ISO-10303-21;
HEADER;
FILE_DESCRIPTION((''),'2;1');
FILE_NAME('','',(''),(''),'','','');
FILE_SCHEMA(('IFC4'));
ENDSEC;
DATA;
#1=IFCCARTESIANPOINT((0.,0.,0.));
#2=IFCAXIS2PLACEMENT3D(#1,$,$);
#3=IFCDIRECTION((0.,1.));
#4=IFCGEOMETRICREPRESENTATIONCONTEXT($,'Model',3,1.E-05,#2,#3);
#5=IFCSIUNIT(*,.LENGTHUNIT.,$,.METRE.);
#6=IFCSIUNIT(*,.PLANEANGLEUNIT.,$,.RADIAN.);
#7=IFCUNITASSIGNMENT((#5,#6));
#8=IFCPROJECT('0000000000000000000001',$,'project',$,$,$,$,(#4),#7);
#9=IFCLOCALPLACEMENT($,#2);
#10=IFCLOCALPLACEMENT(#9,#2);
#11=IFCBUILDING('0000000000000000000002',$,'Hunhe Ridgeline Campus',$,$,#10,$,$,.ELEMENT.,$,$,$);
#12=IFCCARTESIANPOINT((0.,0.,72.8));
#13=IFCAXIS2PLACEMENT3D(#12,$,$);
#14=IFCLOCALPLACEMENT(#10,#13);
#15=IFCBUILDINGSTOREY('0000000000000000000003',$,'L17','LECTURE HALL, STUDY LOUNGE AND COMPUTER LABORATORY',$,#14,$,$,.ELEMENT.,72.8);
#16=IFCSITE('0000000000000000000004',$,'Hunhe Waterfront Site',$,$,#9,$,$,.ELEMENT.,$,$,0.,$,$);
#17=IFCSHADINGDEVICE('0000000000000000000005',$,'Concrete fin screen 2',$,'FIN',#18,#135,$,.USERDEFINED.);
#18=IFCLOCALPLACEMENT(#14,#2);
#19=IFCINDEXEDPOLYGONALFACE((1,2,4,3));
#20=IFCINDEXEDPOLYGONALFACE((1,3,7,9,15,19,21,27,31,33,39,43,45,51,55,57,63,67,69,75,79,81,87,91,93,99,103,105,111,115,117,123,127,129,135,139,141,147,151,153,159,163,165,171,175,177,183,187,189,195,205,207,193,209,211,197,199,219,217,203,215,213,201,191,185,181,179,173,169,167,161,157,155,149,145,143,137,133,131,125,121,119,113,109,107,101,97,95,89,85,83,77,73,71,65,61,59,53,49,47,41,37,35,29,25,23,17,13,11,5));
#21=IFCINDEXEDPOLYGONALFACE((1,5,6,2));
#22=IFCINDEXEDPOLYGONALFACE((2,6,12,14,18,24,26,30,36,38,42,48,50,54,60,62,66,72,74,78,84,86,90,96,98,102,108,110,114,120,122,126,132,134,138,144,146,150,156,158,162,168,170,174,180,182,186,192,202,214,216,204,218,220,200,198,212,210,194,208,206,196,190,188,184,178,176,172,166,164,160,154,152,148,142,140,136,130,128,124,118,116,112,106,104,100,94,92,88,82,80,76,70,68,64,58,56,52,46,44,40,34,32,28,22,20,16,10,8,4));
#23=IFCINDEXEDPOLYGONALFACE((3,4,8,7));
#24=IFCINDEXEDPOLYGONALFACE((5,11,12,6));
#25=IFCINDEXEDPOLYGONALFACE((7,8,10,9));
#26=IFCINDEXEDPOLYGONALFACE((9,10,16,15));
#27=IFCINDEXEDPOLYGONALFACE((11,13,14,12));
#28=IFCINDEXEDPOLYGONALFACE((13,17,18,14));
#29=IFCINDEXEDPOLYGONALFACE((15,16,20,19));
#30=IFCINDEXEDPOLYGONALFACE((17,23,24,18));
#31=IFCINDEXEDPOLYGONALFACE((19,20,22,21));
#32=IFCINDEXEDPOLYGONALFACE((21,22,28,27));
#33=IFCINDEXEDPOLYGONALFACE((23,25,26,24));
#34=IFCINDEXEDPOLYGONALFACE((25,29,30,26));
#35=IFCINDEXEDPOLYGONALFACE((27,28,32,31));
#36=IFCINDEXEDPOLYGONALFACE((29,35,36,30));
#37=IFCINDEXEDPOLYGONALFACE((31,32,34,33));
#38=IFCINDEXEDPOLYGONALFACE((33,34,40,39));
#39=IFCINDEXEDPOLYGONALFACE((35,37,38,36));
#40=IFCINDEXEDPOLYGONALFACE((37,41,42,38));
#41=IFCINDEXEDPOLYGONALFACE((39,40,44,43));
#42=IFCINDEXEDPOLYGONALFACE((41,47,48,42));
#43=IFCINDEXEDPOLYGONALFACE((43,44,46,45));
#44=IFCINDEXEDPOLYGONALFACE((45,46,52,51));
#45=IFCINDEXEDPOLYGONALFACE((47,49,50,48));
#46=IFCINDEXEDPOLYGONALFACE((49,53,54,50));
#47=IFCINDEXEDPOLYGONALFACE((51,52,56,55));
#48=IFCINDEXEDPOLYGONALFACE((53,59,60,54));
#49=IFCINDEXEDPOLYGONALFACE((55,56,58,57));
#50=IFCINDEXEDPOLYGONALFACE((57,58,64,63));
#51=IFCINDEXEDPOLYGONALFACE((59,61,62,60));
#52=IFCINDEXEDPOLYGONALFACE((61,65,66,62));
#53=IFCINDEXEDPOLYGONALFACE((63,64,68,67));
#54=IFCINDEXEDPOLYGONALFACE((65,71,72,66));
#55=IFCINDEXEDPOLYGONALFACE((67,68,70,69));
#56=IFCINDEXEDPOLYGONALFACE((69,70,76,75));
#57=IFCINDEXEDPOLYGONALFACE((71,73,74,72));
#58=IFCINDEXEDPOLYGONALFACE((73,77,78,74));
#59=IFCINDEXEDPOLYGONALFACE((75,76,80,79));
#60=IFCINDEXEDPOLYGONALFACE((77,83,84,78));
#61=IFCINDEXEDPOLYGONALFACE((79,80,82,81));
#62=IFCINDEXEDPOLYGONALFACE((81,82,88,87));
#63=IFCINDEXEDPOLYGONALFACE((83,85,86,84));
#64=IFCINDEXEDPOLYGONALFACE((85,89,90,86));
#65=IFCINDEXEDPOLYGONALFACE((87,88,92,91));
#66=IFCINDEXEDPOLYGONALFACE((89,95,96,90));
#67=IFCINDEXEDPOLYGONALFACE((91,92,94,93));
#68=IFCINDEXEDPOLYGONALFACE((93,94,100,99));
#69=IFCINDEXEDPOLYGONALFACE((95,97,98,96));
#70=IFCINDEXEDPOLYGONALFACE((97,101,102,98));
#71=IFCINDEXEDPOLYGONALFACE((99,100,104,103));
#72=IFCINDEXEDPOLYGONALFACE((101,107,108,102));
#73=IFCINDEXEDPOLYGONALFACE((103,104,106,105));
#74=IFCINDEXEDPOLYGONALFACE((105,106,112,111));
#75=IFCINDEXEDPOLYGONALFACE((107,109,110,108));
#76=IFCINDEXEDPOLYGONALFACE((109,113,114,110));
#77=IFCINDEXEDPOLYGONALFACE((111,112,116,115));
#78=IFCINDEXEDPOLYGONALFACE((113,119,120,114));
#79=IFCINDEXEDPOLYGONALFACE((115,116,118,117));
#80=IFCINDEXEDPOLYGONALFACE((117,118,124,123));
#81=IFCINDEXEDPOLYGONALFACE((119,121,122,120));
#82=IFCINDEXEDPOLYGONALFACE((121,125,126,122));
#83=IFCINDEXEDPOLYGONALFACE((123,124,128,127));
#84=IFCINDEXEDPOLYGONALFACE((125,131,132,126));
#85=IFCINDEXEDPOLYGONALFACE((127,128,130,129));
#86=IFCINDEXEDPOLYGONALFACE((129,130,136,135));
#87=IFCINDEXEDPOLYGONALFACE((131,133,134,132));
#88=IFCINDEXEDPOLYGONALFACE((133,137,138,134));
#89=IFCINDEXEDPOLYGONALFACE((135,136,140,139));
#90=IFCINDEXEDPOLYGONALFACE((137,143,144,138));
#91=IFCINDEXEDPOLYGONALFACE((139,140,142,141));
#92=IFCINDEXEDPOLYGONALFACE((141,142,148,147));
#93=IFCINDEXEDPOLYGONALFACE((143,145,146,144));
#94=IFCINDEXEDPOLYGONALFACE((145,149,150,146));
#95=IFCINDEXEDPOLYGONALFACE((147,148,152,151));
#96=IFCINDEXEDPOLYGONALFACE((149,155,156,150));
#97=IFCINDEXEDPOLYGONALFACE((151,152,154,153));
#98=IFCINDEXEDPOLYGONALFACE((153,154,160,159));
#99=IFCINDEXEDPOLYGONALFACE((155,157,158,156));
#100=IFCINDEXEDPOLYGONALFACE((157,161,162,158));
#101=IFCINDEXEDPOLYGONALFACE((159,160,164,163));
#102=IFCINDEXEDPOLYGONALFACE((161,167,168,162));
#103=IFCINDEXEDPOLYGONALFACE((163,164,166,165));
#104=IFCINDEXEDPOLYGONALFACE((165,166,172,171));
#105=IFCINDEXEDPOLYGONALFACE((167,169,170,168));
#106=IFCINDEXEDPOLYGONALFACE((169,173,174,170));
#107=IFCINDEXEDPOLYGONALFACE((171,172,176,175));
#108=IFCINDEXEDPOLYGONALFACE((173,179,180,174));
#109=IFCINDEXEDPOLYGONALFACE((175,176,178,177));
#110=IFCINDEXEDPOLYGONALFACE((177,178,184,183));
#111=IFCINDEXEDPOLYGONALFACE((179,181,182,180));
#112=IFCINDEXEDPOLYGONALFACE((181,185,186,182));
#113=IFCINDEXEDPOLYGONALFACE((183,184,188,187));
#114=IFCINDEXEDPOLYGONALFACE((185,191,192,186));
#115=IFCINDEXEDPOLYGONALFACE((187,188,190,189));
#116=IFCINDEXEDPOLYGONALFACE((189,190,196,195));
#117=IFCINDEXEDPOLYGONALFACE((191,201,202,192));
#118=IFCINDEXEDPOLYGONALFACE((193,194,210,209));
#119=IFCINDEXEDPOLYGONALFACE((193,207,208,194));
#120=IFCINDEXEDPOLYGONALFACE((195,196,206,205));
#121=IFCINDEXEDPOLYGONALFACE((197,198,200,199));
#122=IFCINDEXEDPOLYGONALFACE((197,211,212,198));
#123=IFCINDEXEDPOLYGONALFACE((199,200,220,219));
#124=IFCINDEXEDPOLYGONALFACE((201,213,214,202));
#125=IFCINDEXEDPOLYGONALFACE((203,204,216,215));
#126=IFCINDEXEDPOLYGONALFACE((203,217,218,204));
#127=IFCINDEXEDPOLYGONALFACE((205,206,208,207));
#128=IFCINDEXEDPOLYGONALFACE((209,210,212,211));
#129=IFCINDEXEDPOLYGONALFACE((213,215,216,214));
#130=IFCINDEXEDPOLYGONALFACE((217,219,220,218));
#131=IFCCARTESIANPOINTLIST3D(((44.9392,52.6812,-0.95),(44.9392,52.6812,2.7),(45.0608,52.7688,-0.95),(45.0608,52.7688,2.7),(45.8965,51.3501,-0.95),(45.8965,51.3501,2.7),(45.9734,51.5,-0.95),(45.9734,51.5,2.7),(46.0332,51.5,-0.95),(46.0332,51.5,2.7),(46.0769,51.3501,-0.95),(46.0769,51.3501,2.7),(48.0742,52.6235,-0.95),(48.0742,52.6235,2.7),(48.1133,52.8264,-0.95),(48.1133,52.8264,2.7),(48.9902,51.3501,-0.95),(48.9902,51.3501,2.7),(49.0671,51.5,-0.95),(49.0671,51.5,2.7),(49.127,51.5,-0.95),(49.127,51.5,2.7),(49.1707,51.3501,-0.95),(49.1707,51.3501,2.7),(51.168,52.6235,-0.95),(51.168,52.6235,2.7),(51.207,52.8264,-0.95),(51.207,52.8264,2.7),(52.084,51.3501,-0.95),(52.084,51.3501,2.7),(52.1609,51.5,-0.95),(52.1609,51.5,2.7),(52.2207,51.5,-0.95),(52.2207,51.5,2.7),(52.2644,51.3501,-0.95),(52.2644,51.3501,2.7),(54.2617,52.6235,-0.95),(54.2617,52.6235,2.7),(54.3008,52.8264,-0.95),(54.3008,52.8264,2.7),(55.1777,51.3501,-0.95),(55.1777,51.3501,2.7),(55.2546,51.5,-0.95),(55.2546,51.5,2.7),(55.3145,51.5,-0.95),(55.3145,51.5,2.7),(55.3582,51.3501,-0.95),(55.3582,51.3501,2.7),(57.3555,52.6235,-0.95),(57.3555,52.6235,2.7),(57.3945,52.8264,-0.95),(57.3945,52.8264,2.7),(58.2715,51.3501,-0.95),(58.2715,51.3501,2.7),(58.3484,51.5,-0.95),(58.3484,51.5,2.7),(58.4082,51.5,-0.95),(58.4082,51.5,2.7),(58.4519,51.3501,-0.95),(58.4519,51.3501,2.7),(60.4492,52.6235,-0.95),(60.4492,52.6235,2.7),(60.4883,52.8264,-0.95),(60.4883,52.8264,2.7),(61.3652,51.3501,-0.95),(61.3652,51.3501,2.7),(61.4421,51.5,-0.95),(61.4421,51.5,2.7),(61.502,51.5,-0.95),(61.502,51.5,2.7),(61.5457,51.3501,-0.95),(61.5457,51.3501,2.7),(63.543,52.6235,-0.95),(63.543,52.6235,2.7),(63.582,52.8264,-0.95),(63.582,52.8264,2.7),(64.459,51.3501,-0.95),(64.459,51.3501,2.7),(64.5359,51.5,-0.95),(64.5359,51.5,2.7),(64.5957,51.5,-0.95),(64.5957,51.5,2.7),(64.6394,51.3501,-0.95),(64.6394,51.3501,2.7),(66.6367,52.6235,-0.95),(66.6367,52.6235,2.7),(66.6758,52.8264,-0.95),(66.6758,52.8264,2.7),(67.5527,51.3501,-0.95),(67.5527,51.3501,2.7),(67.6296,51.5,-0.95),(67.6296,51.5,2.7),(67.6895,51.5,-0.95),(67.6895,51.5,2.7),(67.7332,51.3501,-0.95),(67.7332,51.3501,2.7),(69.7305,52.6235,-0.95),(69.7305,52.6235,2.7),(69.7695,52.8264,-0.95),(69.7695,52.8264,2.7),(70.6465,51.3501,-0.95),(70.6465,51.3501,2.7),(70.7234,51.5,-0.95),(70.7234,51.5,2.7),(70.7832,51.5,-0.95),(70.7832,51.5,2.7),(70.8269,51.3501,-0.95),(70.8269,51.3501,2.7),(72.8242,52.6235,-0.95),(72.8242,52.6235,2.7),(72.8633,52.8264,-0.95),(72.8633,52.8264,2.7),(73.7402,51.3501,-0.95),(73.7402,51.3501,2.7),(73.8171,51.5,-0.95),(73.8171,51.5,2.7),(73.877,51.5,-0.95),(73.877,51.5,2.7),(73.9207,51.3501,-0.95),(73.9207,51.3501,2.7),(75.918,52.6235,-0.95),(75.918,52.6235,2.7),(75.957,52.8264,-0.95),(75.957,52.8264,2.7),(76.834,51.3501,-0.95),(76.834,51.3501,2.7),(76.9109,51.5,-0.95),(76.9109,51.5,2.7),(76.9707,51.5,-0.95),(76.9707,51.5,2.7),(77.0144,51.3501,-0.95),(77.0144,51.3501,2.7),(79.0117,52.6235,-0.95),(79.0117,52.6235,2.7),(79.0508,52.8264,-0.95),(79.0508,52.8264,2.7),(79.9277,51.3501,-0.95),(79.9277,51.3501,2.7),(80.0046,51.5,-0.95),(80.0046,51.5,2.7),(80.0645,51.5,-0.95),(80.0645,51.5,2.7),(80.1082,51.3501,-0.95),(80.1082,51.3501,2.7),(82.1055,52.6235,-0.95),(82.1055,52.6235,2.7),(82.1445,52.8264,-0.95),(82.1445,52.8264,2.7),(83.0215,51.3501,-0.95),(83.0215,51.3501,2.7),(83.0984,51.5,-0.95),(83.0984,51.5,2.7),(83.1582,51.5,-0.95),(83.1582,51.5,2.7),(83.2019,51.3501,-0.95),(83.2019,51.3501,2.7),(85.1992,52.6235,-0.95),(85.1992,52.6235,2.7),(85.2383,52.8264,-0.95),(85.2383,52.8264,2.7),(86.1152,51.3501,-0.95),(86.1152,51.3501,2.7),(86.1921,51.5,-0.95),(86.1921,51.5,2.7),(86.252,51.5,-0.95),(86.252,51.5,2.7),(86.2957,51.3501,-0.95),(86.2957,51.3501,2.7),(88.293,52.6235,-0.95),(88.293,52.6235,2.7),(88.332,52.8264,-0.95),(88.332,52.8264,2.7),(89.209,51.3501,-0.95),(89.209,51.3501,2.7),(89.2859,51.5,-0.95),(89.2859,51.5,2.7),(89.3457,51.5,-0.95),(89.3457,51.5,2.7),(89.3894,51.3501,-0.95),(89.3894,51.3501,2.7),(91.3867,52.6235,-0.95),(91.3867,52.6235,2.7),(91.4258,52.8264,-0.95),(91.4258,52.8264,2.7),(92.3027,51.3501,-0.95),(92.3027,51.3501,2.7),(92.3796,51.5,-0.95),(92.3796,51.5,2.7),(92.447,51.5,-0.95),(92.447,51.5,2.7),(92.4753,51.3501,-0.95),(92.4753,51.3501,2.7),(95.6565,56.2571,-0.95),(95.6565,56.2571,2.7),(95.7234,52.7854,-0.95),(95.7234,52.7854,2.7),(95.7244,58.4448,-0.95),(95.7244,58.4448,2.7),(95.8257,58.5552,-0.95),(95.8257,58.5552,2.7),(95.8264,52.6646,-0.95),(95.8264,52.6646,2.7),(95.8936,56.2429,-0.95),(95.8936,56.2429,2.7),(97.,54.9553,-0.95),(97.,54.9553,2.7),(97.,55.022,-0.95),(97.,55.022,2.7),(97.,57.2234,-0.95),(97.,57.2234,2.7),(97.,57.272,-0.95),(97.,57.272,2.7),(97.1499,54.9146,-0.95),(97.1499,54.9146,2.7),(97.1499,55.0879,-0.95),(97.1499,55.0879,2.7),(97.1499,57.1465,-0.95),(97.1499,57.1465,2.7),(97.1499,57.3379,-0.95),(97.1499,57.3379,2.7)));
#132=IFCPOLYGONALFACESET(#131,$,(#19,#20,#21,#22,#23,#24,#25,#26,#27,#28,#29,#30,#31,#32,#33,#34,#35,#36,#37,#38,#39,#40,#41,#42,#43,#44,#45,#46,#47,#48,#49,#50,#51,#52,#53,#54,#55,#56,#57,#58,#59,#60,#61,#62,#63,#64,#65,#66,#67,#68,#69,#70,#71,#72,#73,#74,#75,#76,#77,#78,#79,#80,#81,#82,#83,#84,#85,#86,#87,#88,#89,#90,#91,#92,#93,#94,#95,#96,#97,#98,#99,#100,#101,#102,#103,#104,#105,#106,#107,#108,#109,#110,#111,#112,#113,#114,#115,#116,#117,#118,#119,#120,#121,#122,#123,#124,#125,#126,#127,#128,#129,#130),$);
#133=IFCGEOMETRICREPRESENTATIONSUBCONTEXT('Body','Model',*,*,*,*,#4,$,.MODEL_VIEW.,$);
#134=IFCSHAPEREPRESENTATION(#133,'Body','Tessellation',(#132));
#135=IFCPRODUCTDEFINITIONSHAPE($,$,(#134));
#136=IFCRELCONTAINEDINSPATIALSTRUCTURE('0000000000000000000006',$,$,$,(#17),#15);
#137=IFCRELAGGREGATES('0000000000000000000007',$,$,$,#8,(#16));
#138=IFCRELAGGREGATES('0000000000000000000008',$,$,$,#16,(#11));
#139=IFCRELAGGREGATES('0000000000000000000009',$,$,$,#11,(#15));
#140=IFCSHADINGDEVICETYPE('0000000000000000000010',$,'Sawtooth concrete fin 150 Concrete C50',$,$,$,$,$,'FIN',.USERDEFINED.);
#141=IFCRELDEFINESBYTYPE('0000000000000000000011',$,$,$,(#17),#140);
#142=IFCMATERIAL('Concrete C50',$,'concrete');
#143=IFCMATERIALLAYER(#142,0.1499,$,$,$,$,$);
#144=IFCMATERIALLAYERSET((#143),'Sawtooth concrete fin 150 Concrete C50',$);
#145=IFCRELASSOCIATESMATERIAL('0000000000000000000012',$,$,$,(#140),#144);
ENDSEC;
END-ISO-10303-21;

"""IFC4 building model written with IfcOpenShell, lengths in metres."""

from ifc_helpers import new_model, si_unit, direction, frame, origin, place, context, subcontext, project, spatial, polyline, outline, extrude, material, layer, layer_set, type_object, element, save


model = new_model("IFC4")

# Units and contexts
model_context = context("Model", 3, precision=1e-05, world=origin(), true_north=direction((0.0, 1.0)))
body_context = subcontext(model_context, "Body", "Model", "MODEL_VIEW")
ifc_project = project(units=[si_unit("LENGTHUNIT", "METRE"), si_unit("PLANEANGLEUNIT", "RADIAN")], contexts=[model_context])

# Site, building, storey
site_placement = place(None, origin())
site = spatial("IfcSite", under=ifc_project, at=site_placement, Name="Hunhe Waterfront Site", CompositionType="ELEMENT", RefElevation=0.0)
building_placement = place(site_placement, origin())
building = spatial("IfcBuilding", under=site, at=building_placement, Name="Hunhe Ridgeline Campus", CompositionType="ELEMENT")
storey_placement = place(building_placement, frame((0.0, 0.0, 72.8)))
storey = spatial("IfcBuildingStorey", under=building, at=storey_placement, Name="L17", Description="LECTURE HALL, STUDY LOUNGE AND COMPUTER LABORATORY", CompositionType="ELEMENT", Elevation=72.8)

# Shading device
ifc_material_1 = material(Name="Concrete C50", Category="concrete")
ifc_layer_1 = layer(ifc_material_1, 0.1499)
ifc_layer_set_1 = layer_set([ifc_layer_1], Name="Sawtooth concrete fin 150 Concrete C50")
shading_device_type = type_object("IfcShadingDeviceType", Name="Sawtooth concrete fin 150 Concrete C50", ElementType="FIN", PredefinedType="USERDEFINED", material=ifc_layer_set_1)
shading_device_1_placement = place(storey_placement, frame((0.0, 0.0, -0.95)))
element("IfcShadingDevice", 1, at=shading_device_1_placement, inside=storey, type_object=shading_device_type, Name="Concrete fin screen 2", ObjectType="FIN", PredefinedType="USERDEFINED", context=body_context, shape_type="SweptSolid", body=[
    extrude(outline(polyline([(45.0608, 52.7688), (44.9392, 52.6812), (45.8965, 51.3501), (46.0769, 51.3501), (48.0742, 52.6235), (48.9902, 51.3501), (49.1707, 51.3501), (51.168, 52.6235), (52.084, 51.3501), (52.2644, 51.3501), (54.2617, 52.6235), (55.1777, 51.3501), (55.3582, 51.3501), (57.3555, 52.6235), (58.2715, 51.3501), (58.4519, 51.3501), (60.4492, 52.6235), (61.3652, 51.3501), (61.5457, 51.3501), (63.543, 52.6235), (64.459, 51.3501), (64.6394, 51.3501), (66.6367, 52.6235), (67.5527, 51.3501), (67.7332, 51.3501), (69.7305, 52.6235), (70.6465, 51.3501), (70.8269, 51.3501), (72.8242, 52.6235), (73.7402, 51.3501), (73.9207, 51.3501), (75.918, 52.6235), (76.834, 51.3501), (77.0144, 51.3501), (79.0117, 52.6235), (79.9277, 51.3501), (80.1082, 51.3501), (82.1055, 52.6235), (83.0215, 51.3501), (83.2019, 51.3501), (85.1992, 52.6235), (86.1152, 51.3501), (86.2957, 51.3501), (88.293, 52.6235), (89.209, 51.3501), (89.3894, 51.3501), (91.3867, 52.6235), (92.3027, 51.3501), (92.4753, 51.3501), (95.8264, 52.6646), (97.1499, 54.9146), (97.1499, 55.0879), (95.8936, 56.2429), (97.1499, 57.1465), (97.1499, 57.3379), (95.8257, 58.5552), (95.7244, 58.4448), (97.0, 57.272), (97.0, 57.2234), (95.6565, 56.2571), (97.0, 55.022), (97.0, 54.9553), (95.7234, 52.7854), (92.447, 51.5), (92.3796, 51.5), (91.4258, 52.8264), (89.3457, 51.5), (89.2859, 51.5), (88.332, 52.8264), (86.252, 51.5), (86.1921, 51.5), (85.2383, 52.8264), (83.1582, 51.5), (83.0984, 51.5), (82.1445, 52.8264), (80.0645, 51.5), (80.0046, 51.5), (79.0508, 52.8264), (76.9707, 51.5), (76.9109, 51.5), (75.957, 52.8264), (73.877, 51.5), (73.8171, 51.5), (72.8633, 52.8264), (70.7832, 51.5), (70.7234, 51.5), (69.7695, 52.8264), (67.6895, 51.5), (67.6296, 51.5), (66.6758, 52.8264), (64.5957, 51.5), (64.5359, 51.5), (63.582, 52.8264), (61.502, 51.5), (61.4421, 51.5), (60.4883, 52.8264), (58.4082, 51.5), (58.3484, 51.5), (57.3945, 52.8264), (55.3145, 51.5), (55.2546, 51.5), (54.3008, 52.8264), (52.2207, 51.5), (52.1609, 51.5), (51.207, 52.8264), (49.127, 51.5), (49.0671, 51.5), (48.1133, 52.8264), (46.0332, 51.5), (45.9734, 51.5), (45.0608, 52.7688)])), origin(), (0.0, 0.0, 1.0), 3.6499),
])

save(model, "model.ifc")
